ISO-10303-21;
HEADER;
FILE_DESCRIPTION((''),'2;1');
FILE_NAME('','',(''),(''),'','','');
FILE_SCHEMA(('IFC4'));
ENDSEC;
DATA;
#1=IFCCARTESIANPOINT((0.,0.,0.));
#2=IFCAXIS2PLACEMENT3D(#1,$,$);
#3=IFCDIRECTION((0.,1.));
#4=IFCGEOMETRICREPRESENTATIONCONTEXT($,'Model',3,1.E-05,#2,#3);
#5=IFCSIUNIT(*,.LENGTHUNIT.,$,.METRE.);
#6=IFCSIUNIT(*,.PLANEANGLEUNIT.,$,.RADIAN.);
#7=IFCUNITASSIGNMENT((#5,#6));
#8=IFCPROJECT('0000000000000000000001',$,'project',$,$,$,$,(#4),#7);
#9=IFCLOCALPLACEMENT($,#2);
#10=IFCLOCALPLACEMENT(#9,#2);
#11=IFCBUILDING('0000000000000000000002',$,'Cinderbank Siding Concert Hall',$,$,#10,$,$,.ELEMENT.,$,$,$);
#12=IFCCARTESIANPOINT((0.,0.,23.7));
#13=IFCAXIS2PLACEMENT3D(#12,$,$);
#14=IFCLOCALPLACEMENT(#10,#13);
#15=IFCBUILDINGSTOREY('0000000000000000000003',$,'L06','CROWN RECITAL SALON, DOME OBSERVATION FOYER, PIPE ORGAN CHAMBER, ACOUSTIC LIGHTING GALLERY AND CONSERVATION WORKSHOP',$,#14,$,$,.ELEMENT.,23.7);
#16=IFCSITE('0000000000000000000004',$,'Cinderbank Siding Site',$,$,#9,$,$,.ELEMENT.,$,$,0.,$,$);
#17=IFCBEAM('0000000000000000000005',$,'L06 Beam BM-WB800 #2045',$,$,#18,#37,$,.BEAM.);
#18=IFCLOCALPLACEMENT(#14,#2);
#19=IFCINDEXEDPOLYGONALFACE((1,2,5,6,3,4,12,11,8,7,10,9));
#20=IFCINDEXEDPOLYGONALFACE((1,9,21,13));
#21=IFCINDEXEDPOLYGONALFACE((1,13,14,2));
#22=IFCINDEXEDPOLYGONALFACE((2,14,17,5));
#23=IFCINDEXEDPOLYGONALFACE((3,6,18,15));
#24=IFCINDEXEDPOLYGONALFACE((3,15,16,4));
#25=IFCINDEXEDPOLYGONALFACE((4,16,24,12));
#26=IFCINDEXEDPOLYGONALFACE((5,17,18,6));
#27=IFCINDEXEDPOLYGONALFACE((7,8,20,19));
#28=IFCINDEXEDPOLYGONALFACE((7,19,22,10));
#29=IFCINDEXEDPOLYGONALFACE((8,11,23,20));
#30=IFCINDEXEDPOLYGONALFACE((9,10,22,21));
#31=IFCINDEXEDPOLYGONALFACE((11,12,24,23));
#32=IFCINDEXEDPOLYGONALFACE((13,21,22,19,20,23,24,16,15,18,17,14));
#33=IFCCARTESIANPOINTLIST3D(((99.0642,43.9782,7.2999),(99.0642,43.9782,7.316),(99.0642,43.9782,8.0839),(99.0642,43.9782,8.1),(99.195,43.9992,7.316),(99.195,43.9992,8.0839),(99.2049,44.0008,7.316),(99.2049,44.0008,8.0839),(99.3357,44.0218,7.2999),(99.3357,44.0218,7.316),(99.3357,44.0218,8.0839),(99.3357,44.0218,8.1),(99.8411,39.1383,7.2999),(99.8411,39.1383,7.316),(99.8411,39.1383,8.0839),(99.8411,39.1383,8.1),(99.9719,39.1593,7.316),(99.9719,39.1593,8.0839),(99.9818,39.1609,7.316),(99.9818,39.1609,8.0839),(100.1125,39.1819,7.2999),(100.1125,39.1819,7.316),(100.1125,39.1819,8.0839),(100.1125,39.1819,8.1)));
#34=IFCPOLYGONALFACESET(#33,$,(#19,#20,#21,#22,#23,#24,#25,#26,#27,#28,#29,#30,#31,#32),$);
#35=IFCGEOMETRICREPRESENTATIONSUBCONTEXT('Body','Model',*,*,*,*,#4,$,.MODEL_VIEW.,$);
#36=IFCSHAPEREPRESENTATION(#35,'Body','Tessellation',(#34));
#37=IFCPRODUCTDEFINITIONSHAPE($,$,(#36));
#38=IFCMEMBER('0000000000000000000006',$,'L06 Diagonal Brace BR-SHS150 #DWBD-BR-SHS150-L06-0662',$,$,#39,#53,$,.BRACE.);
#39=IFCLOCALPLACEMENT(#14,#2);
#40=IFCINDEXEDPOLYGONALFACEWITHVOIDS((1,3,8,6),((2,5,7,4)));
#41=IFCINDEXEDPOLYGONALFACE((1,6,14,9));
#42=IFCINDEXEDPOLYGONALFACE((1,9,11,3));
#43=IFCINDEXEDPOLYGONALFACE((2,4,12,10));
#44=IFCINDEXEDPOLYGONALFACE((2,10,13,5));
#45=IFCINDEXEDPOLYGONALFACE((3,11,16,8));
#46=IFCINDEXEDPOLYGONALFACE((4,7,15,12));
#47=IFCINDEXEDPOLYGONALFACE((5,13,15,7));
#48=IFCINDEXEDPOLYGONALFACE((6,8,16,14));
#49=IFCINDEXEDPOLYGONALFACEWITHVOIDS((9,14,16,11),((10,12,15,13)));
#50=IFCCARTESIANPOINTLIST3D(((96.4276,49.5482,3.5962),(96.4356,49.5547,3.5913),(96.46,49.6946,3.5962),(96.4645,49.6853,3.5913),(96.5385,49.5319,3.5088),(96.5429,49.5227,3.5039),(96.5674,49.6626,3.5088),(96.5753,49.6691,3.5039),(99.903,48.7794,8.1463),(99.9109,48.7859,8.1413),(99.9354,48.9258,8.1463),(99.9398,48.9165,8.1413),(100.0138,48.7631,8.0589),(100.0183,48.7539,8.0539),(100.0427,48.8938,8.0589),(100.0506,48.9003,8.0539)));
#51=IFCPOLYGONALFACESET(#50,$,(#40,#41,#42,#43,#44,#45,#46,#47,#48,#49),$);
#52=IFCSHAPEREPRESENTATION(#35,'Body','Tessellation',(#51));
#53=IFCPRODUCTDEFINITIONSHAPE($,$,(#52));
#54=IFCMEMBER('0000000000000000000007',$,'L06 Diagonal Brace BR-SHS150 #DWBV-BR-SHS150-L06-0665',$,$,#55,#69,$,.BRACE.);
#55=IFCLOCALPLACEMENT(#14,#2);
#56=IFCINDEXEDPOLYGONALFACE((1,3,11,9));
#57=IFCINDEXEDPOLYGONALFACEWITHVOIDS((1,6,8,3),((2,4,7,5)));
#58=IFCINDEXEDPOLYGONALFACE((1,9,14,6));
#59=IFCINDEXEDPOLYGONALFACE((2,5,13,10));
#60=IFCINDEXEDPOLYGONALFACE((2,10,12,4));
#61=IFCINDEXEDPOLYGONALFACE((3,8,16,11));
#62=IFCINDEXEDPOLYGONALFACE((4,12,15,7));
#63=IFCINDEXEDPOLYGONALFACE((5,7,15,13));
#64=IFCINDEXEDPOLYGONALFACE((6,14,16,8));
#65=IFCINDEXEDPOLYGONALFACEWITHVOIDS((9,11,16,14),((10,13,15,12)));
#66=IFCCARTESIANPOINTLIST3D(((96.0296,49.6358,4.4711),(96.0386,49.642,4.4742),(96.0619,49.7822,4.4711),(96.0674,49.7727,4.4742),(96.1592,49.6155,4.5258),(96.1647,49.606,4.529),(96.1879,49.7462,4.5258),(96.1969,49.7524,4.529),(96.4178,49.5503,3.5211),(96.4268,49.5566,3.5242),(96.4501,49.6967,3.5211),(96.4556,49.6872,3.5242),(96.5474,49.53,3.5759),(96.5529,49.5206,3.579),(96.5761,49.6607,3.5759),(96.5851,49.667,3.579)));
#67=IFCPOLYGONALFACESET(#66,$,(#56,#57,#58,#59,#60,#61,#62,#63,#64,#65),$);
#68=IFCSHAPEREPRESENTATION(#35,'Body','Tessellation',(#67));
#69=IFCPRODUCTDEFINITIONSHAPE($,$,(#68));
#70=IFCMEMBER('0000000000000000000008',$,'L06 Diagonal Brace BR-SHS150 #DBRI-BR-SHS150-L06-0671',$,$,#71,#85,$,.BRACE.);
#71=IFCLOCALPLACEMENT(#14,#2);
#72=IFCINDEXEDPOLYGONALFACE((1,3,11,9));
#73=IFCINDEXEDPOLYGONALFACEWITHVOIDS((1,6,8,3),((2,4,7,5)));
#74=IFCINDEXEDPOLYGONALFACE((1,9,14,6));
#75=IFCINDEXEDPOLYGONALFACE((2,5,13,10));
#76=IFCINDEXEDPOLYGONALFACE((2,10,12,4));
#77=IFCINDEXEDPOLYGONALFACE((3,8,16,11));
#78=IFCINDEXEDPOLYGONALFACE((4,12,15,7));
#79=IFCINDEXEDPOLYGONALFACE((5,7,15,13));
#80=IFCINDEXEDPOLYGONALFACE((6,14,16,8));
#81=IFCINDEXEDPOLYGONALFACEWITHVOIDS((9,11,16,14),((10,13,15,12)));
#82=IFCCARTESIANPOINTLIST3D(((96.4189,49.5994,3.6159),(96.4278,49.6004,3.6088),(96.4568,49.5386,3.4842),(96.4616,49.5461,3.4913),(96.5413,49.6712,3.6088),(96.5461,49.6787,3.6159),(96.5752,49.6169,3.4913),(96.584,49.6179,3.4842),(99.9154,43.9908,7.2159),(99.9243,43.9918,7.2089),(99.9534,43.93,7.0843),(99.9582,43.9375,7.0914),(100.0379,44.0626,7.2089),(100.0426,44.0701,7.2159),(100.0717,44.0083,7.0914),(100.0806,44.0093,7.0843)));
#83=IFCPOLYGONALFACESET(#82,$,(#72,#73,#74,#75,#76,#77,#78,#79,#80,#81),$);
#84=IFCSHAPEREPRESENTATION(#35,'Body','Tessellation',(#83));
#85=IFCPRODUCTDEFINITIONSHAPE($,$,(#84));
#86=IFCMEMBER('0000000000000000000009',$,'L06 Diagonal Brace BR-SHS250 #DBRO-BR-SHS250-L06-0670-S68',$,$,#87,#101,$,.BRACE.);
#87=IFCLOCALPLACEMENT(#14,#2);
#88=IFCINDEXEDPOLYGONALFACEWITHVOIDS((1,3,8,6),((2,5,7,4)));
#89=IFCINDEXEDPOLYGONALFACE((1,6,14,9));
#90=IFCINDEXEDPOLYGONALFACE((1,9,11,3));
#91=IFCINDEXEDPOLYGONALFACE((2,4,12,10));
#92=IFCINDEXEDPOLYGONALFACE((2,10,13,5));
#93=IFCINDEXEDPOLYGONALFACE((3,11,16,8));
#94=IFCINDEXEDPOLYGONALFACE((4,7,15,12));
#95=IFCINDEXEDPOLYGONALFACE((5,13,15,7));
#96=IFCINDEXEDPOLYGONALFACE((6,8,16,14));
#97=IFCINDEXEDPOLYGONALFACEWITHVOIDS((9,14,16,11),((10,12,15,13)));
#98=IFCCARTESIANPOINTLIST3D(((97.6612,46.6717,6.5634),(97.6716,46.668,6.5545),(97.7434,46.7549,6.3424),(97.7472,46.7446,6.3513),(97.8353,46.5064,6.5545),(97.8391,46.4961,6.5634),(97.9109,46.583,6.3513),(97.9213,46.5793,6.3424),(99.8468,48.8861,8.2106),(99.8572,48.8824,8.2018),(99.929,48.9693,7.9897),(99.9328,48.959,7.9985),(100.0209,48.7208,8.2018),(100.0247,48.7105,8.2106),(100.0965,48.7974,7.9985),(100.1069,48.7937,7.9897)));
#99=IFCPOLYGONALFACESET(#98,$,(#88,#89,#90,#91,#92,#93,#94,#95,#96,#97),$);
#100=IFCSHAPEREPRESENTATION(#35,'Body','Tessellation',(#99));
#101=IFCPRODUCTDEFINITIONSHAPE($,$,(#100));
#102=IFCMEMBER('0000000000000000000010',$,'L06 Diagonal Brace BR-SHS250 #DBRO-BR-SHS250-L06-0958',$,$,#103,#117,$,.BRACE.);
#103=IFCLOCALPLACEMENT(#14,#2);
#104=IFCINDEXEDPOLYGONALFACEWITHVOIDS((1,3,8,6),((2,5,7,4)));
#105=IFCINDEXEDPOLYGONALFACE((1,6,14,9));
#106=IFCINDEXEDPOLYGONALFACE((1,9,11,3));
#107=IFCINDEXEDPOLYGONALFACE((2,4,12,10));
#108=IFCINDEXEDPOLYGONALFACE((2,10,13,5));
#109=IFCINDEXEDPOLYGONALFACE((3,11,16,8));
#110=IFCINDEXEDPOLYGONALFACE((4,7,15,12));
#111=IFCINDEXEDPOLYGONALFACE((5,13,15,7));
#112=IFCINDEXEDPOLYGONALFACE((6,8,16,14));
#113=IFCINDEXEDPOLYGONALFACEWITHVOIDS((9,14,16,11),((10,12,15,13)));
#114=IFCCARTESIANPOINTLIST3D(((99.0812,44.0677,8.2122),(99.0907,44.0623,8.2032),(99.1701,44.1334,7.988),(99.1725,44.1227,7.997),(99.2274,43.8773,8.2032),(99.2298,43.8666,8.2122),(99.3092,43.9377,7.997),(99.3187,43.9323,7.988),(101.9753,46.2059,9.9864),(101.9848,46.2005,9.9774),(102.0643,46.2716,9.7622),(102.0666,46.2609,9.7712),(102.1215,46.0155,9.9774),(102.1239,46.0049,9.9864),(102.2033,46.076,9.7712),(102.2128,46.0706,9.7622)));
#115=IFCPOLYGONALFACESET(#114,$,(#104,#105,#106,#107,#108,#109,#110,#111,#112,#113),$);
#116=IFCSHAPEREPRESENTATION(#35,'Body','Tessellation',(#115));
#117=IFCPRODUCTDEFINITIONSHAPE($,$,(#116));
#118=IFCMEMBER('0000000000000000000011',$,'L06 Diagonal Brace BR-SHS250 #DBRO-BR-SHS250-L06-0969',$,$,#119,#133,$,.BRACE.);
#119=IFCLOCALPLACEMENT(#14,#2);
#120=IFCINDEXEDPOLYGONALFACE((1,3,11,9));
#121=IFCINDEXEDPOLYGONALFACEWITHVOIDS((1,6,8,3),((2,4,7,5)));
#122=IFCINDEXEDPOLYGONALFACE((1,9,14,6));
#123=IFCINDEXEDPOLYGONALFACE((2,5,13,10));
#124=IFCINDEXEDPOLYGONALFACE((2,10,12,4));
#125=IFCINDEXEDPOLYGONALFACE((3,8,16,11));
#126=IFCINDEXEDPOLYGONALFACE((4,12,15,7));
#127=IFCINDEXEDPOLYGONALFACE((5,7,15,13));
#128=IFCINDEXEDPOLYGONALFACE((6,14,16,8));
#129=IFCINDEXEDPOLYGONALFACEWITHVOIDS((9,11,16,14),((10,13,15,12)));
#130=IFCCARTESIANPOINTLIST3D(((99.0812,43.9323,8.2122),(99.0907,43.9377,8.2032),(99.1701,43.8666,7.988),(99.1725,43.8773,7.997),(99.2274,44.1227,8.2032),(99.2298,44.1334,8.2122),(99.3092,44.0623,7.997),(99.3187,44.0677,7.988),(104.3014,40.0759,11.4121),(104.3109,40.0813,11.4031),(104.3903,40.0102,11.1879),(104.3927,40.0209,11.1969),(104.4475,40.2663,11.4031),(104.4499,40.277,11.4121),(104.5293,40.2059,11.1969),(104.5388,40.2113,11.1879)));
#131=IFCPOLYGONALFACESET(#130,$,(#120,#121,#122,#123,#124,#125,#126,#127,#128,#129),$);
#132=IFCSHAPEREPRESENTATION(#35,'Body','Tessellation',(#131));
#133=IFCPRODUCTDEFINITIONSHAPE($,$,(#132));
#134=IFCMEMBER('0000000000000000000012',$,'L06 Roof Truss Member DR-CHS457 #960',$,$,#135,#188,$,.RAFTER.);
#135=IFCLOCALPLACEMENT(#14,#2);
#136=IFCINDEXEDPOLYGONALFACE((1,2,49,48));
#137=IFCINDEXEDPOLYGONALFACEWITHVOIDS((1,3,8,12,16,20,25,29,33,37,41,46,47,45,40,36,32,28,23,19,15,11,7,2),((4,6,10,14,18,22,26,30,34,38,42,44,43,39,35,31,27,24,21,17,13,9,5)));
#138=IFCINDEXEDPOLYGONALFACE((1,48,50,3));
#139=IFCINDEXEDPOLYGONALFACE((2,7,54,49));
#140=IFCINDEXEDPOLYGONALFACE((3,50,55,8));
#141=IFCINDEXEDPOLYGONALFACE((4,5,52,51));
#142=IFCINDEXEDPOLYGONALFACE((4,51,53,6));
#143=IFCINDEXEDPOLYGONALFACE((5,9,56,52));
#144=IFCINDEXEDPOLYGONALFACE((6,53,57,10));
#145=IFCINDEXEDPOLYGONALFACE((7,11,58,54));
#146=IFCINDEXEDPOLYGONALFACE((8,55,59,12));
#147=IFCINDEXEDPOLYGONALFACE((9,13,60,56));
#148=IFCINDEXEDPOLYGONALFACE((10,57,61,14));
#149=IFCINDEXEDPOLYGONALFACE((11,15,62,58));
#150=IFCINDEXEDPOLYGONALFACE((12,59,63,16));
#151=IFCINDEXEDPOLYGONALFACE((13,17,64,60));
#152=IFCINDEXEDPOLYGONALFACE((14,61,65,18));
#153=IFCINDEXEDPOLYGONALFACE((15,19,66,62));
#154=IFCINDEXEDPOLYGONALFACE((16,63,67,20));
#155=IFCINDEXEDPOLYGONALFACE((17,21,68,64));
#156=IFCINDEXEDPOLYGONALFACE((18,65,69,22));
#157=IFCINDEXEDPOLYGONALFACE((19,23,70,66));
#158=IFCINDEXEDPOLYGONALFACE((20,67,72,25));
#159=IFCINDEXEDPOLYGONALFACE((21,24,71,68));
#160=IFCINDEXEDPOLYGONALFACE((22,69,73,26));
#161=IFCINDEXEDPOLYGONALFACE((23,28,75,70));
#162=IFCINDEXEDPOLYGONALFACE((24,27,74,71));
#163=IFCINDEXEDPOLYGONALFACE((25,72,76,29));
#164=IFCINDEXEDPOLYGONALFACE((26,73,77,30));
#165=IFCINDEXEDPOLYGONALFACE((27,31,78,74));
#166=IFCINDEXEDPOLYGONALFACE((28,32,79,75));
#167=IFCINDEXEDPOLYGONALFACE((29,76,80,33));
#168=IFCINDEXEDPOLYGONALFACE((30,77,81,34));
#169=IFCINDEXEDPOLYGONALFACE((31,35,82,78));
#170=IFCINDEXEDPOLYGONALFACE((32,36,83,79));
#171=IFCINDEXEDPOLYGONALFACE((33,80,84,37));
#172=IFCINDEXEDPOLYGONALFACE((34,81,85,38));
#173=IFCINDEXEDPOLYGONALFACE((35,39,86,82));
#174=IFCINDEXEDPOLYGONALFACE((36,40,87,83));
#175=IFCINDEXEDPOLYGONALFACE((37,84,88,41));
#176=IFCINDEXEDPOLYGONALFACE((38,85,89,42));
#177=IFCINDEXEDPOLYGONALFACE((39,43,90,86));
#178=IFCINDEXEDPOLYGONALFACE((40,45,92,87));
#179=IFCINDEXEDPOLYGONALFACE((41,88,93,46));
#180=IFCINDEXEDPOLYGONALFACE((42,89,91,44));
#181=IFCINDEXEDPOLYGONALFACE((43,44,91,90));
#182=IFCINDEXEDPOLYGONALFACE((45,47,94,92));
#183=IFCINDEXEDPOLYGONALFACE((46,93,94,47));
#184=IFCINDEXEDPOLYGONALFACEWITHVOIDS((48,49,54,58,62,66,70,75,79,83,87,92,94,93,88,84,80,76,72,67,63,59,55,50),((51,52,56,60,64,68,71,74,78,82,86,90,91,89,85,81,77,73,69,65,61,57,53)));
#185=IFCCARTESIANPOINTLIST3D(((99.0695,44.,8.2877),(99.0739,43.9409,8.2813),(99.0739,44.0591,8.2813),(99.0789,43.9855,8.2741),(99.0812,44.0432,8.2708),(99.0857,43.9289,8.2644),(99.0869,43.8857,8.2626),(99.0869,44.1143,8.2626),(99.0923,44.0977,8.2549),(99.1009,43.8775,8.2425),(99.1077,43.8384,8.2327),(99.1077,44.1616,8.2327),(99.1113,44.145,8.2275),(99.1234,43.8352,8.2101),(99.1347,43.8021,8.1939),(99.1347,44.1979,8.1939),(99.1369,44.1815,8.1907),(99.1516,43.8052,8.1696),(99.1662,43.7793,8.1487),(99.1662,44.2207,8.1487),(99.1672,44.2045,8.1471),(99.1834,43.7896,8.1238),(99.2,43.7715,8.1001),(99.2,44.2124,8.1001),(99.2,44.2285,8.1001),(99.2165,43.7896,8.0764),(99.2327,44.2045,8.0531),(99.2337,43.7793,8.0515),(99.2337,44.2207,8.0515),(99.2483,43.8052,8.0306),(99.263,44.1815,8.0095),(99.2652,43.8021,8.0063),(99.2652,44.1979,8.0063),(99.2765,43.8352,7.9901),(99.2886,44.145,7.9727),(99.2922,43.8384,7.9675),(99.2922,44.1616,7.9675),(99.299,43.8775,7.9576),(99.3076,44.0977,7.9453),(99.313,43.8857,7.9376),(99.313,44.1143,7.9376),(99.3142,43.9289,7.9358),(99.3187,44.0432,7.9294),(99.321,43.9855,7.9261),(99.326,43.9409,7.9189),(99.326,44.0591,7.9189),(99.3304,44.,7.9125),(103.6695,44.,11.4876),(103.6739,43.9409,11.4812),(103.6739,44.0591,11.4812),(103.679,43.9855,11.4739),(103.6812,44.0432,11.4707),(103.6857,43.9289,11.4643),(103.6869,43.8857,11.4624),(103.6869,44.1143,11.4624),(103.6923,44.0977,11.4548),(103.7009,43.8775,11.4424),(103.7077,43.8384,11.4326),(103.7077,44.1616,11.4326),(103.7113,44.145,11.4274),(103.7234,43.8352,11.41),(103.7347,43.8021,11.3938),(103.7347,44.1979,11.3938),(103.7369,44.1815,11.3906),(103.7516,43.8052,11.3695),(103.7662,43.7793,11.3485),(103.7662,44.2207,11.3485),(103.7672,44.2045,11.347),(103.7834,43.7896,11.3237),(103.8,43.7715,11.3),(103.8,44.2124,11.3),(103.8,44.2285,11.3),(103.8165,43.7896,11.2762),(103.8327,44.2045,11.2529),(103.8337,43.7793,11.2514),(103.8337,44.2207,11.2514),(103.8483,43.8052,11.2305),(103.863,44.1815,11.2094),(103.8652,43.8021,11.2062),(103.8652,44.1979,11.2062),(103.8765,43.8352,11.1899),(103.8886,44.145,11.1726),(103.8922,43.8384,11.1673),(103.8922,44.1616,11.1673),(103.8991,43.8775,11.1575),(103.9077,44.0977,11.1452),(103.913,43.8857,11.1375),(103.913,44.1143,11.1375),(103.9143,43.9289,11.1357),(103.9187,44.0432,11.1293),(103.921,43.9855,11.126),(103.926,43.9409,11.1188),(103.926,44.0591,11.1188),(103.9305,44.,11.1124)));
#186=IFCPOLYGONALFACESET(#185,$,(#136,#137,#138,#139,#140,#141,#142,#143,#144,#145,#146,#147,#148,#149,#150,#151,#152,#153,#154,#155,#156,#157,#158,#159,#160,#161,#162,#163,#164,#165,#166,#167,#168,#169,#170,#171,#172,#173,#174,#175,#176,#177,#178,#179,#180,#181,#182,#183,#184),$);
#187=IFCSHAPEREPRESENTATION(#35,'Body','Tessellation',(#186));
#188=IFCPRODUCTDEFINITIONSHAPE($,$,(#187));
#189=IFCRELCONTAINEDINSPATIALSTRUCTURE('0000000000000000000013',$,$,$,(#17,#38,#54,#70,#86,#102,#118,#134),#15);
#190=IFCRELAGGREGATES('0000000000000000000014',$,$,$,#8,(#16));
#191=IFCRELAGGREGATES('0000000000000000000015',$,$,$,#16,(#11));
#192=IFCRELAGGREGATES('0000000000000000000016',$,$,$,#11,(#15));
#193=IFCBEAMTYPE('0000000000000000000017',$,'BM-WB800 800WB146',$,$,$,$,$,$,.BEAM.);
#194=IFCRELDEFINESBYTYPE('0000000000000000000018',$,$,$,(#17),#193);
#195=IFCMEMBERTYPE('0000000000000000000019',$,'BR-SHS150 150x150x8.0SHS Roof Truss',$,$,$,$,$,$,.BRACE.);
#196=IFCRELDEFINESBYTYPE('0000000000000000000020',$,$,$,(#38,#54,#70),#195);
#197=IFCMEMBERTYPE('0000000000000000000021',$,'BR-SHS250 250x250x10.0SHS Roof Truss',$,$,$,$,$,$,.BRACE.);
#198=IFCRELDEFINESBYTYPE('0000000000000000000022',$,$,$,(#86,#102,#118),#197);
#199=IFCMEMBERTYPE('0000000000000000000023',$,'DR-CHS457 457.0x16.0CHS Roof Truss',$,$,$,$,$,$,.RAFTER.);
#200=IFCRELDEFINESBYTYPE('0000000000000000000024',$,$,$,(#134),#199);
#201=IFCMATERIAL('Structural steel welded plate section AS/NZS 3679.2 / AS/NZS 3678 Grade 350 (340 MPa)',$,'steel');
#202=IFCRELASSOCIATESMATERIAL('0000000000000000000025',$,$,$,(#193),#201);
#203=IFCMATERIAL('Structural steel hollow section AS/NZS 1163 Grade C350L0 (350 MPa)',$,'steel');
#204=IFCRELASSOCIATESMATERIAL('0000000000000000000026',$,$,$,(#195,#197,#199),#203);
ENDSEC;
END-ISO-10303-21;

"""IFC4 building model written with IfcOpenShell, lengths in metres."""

from ifc_helpers import new_model, si_unit, direction, frame, origin, origin_2d, place, context, subcontext, project, spatial, hollow_rectangle, hollow_circle, i_section, extrude, material, material_profile, profile_set, type_object, element, save


model = new_model("IFC4")

# Units and contexts
model_context = context("Model", 3, precision=1e-05, world=origin(), true_north=direction((0.0, 1.0)))
body_context = subcontext(model_context, "Body", "Model", "MODEL_VIEW")
ifc_project = project(units=[si_unit("LENGTHUNIT", "METRE"), si_unit("PLANEANGLEUNIT", "RADIAN")], contexts=[model_context])

# Site, building, storey
site_placement = place(None, origin())
site = spatial("IfcSite", under=ifc_project, at=site_placement, Name="Cinderbank Siding Site", CompositionType="ELEMENT", RefElevation=0.0)
building_placement = place(site_placement, origin())
building = spatial("IfcBuilding", under=site, at=building_placement, Name="Cinderbank Siding Concert Hall", CompositionType="ELEMENT")
storey_placement = place(building_placement, frame((0.0, 0.0, 23.7)))
storey = spatial("IfcBuildingStorey", under=building, at=storey_placement, Name="L06", Description="CROWN RECITAL SALON, DOME OBSERVATION FOYER, PIPE ORGAN CHAMBER, ACOUSTIC LIGHTING GALLERY AND CONSERVATION WORKSHOP", CompositionType="ELEMENT", Elevation=23.7)

# Beam
ifc_material_1 = material(Name="Structural steel welded plate section AS/NZS 3679.2 / AS/NZS 3678 Grade 350 (340 MPa)", Category="steel")
ifc_material_profile_1 = material_profile(ifc_material_1, i_section(OverallWidth=0.2749, OverallDepth=0.8, WebThickness=0.01, FlangeThickness=0.0161, at=origin_2d()), Name="800WB146", Category="LoadBearing")
ifc_profile_set_1 = profile_set([ifc_material_profile_1], Name="Structural steel welded plate section AS/NZS 3679.2 / AS/NZS 3678 Grade 350 (340 MPa)")
beam_type = type_object("IfcBeamType", Name="BM-WB800 800WB146", PredefinedType="BEAM", material=ifc_profile_set_1)
beam_placement = place(storey_placement, frame((99.2, 44.0, 7.7), z_axis=(0.158484, -0.987362, 0.0), x_axis=(0.987362, 0.158484, 0.0)))
element("IfcBeam", 1, at=beam_placement, inside=storey, type_object=beam_type, Name="L06 Beam BM-WB800 #2045", PredefinedType="BEAM", context=body_context, shape_type="SweptSolid", body=[
    extrude(i_section(OverallWidth=0.2749, OverallDepth=0.8, WebThickness=0.01, FlangeThickness=0.0161, at=origin_2d()), origin(), (0.0, 0.0, 1.0), 4.9019),
])

# Members
ifc_material_2 = material(Name="Structural steel hollow section AS/NZS 1163 Grade C350L0 (350 MPa)", Category="steel")
ifc_material_profile_2 = material_profile(ifc_material_2, hollow_rectangle(XDim=0.1499, YDim=0.1499, WallThickness=0.0081, at=origin_2d()), Name="150x150x8.0SHS", Category="LoadBearing")
ifc_profile_set_2 = profile_set([ifc_material_profile_2], Name="Structural steel hollow section AS/NZS 1163 Grade C350L0 (350 MPa)")
member_type_1 = type_object("IfcMemberType", Name="BR-SHS150 150x150x8.0SHS Roof Truss", PredefinedType="BRACE", material=ifc_profile_set_2)
member_1_placement = place(storey_placement, frame((96.5015, 49.6086, 3.55), z_axis=(0.601598, -0.133083, 0.787635), x_axis=(0.215993, 0.976395, 0.0)))
element("IfcMember", 2, at=member_1_placement, inside=storey, type_object=member_type_1, Name="L06 Diagonal Brace BR-SHS150 #DWBD-BR-SHS150-L06-0662", PredefinedType="BRACE", context=body_context, shape_type="SweptSolid", body=[
    extrude(hollow_rectangle(XDim=0.1499, YDim=0.1499, WallThickness=0.0081, at=origin_2d()), origin(), (0.0, 0.0, 1.0), 5.7769),
])
member_2_placement = place(storey_placement, frame((96.5015, 49.6086, 3.55), z_axis=(-0.376967, 0.08298, 0.922502), x_axis=(-0.214979, -0.976619, 0.0)))
element("IfcMember", 3, at=member_2_placement, inside=storey, type_object=member_type_1, Name="L06 Diagonal Brace BR-SHS150 #DWBV-BR-SHS150-L06-0665", PredefinedType="BRACE", context=body_context, shape_type="SweptSolid", body=[
    extrude(hollow_rectangle(XDim=0.1499, YDim=0.1499, WallThickness=0.0081, at=origin_2d()), origin(), (0.0, 0.0, 1.0), 1.0298),
])
member_3_placement = place(storey_placement, frame((96.5015, 49.6086, 3.55), z_axis=(0.464588, -0.745216, 0.478342), x_axis=(0.848597, 0.529039, 0.0)))
element("IfcMember", 4, at=member_3_placement, inside=storey, type_object=member_type_1, Name="L06 Diagonal Brace BR-SHS150 #DBRI-BR-SHS150-L06-0671", PredefinedType="BRACE", context=body_context, shape_type="SweptSolid", body=[
    extrude(hollow_rectangle(XDim=0.1499, YDim=0.1499, WallThickness=0.0081, at=origin_2d()), origin(), (0.0, 0.0, 1.0), 7.5261),
])
ifc_material_profile_3 = material_profile(ifc_material_2, hollow_rectangle(XDim=0.25, YDim=0.25, WallThickness=0.01, at=origin_2d()), Name="250x250x10.0SHS", Category="LoadBearing")
ifc_profile_set_3 = profile_set([ifc_material_profile_3], Name="Structural steel hollow section AS/NZS 1163 Grade C350L0 (350 MPa)")
member_type_2 = type_object("IfcMemberType", Name="BR-SHS250 250x250x10.0SHS Roof Truss", PredefinedType="BRACE", material=ifc_profile_set_3)
member_4_placement = place(storey_placement, frame((97.7913, 46.6255, 6.4529), z_axis=(0.620821, 0.629004, 0.467904), x_axis=(-0.711721, 0.702462, 0.0)))
element("IfcMember", 5, at=member_4_placement, inside=storey, type_object=member_type_2, Name="L06 Diagonal Brace BR-SHS250 #DBRO-BR-SHS250-L06-0670-S68", PredefinedType="BRACE", context=body_context, shape_type="SweptSolid", body=[
    extrude(hollow_rectangle(XDim=0.25, YDim=0.25, WallThickness=0.01, at=origin_2d()), origin(), (0.0, 0.0, 1.0), 3.5205),
])
member_5_placement = place(storey_placement, frame((99.2, 44.0, 8.1001), z_axis=(0.721373, 0.532966, 0.442232), x_axis=(-0.594231, 0.804295, 0.0)))
element("IfcMember", 6, at=member_5_placement, inside=storey, type_object=member_type_2, Name="L06 Diagonal Brace BR-SHS250 #DBRO-BR-SHS250-L06-0958", PredefinedType="BRACE", context=body_context, shape_type="SweptSolid", body=[
    extrude(hollow_rectangle(XDim=0.25, YDim=0.25, WallThickness=0.01, at=origin_2d()), origin(), (0.0, 0.0, 1.0), 4.012),
])
member_6_placement = place(storey_placement, frame((99.2, 44.0, 8.1001), z_axis=(0.721403, -0.532938, 0.442215), x_axis=(0.594194, 0.804322, 0.0)))
element("IfcMember", 7, at=member_6_placement, inside=storey, type_object=member_type_2, Name="L06 Diagonal Brace BR-SHS250 #DBRO-BR-SHS250-L06-0969", PredefinedType="BRACE", context=body_context, shape_type="SweptSolid", body=[
    extrude(hollow_rectangle(XDim=0.25, YDim=0.25, WallThickness=0.01, at=origin_2d()), origin(), (0.0, 0.0, 1.0), 7.2361),
])
ifc_material_profile_4 = material_profile(ifc_material_2, hollow_circle(Radius=0.2285, WallThickness=0.0161, at=origin_2d()), Name="457.0x16.0CHS", Category="LoadBearing")
ifc_profile_set_4 = profile_set([ifc_material_profile_4], Name="Structural steel hollow section AS/NZS 1163 Grade C350L0 (350 MPa)")
member_type_3 = type_object("IfcMemberType", Name="DR-CHS457 457.0x16.0CHS Roof Truss", PredefinedType="RAFTER", material=ifc_profile_set_4)
member_7_placement = place(storey_placement, frame((99.2, 44.0, 8.1001), z_axis=(0.820915, 0.0, 0.57105), x_axis=(0.0, 1.0, 0.0)))
element("IfcMember", 8, at=member_7_placement, inside=storey, type_object=member_type_3, Name="L06 Roof Truss Member DR-CHS457 #960", PredefinedType="RAFTER", context=body_context, shape_type="SweptSolid", body=[
    extrude(hollow_circle(Radius=0.2285, WallThickness=0.0161, at=origin_2d()), origin(), (0.0, 0.0, 1.0), 5.6035),
])

save(model, "model.ifc")
